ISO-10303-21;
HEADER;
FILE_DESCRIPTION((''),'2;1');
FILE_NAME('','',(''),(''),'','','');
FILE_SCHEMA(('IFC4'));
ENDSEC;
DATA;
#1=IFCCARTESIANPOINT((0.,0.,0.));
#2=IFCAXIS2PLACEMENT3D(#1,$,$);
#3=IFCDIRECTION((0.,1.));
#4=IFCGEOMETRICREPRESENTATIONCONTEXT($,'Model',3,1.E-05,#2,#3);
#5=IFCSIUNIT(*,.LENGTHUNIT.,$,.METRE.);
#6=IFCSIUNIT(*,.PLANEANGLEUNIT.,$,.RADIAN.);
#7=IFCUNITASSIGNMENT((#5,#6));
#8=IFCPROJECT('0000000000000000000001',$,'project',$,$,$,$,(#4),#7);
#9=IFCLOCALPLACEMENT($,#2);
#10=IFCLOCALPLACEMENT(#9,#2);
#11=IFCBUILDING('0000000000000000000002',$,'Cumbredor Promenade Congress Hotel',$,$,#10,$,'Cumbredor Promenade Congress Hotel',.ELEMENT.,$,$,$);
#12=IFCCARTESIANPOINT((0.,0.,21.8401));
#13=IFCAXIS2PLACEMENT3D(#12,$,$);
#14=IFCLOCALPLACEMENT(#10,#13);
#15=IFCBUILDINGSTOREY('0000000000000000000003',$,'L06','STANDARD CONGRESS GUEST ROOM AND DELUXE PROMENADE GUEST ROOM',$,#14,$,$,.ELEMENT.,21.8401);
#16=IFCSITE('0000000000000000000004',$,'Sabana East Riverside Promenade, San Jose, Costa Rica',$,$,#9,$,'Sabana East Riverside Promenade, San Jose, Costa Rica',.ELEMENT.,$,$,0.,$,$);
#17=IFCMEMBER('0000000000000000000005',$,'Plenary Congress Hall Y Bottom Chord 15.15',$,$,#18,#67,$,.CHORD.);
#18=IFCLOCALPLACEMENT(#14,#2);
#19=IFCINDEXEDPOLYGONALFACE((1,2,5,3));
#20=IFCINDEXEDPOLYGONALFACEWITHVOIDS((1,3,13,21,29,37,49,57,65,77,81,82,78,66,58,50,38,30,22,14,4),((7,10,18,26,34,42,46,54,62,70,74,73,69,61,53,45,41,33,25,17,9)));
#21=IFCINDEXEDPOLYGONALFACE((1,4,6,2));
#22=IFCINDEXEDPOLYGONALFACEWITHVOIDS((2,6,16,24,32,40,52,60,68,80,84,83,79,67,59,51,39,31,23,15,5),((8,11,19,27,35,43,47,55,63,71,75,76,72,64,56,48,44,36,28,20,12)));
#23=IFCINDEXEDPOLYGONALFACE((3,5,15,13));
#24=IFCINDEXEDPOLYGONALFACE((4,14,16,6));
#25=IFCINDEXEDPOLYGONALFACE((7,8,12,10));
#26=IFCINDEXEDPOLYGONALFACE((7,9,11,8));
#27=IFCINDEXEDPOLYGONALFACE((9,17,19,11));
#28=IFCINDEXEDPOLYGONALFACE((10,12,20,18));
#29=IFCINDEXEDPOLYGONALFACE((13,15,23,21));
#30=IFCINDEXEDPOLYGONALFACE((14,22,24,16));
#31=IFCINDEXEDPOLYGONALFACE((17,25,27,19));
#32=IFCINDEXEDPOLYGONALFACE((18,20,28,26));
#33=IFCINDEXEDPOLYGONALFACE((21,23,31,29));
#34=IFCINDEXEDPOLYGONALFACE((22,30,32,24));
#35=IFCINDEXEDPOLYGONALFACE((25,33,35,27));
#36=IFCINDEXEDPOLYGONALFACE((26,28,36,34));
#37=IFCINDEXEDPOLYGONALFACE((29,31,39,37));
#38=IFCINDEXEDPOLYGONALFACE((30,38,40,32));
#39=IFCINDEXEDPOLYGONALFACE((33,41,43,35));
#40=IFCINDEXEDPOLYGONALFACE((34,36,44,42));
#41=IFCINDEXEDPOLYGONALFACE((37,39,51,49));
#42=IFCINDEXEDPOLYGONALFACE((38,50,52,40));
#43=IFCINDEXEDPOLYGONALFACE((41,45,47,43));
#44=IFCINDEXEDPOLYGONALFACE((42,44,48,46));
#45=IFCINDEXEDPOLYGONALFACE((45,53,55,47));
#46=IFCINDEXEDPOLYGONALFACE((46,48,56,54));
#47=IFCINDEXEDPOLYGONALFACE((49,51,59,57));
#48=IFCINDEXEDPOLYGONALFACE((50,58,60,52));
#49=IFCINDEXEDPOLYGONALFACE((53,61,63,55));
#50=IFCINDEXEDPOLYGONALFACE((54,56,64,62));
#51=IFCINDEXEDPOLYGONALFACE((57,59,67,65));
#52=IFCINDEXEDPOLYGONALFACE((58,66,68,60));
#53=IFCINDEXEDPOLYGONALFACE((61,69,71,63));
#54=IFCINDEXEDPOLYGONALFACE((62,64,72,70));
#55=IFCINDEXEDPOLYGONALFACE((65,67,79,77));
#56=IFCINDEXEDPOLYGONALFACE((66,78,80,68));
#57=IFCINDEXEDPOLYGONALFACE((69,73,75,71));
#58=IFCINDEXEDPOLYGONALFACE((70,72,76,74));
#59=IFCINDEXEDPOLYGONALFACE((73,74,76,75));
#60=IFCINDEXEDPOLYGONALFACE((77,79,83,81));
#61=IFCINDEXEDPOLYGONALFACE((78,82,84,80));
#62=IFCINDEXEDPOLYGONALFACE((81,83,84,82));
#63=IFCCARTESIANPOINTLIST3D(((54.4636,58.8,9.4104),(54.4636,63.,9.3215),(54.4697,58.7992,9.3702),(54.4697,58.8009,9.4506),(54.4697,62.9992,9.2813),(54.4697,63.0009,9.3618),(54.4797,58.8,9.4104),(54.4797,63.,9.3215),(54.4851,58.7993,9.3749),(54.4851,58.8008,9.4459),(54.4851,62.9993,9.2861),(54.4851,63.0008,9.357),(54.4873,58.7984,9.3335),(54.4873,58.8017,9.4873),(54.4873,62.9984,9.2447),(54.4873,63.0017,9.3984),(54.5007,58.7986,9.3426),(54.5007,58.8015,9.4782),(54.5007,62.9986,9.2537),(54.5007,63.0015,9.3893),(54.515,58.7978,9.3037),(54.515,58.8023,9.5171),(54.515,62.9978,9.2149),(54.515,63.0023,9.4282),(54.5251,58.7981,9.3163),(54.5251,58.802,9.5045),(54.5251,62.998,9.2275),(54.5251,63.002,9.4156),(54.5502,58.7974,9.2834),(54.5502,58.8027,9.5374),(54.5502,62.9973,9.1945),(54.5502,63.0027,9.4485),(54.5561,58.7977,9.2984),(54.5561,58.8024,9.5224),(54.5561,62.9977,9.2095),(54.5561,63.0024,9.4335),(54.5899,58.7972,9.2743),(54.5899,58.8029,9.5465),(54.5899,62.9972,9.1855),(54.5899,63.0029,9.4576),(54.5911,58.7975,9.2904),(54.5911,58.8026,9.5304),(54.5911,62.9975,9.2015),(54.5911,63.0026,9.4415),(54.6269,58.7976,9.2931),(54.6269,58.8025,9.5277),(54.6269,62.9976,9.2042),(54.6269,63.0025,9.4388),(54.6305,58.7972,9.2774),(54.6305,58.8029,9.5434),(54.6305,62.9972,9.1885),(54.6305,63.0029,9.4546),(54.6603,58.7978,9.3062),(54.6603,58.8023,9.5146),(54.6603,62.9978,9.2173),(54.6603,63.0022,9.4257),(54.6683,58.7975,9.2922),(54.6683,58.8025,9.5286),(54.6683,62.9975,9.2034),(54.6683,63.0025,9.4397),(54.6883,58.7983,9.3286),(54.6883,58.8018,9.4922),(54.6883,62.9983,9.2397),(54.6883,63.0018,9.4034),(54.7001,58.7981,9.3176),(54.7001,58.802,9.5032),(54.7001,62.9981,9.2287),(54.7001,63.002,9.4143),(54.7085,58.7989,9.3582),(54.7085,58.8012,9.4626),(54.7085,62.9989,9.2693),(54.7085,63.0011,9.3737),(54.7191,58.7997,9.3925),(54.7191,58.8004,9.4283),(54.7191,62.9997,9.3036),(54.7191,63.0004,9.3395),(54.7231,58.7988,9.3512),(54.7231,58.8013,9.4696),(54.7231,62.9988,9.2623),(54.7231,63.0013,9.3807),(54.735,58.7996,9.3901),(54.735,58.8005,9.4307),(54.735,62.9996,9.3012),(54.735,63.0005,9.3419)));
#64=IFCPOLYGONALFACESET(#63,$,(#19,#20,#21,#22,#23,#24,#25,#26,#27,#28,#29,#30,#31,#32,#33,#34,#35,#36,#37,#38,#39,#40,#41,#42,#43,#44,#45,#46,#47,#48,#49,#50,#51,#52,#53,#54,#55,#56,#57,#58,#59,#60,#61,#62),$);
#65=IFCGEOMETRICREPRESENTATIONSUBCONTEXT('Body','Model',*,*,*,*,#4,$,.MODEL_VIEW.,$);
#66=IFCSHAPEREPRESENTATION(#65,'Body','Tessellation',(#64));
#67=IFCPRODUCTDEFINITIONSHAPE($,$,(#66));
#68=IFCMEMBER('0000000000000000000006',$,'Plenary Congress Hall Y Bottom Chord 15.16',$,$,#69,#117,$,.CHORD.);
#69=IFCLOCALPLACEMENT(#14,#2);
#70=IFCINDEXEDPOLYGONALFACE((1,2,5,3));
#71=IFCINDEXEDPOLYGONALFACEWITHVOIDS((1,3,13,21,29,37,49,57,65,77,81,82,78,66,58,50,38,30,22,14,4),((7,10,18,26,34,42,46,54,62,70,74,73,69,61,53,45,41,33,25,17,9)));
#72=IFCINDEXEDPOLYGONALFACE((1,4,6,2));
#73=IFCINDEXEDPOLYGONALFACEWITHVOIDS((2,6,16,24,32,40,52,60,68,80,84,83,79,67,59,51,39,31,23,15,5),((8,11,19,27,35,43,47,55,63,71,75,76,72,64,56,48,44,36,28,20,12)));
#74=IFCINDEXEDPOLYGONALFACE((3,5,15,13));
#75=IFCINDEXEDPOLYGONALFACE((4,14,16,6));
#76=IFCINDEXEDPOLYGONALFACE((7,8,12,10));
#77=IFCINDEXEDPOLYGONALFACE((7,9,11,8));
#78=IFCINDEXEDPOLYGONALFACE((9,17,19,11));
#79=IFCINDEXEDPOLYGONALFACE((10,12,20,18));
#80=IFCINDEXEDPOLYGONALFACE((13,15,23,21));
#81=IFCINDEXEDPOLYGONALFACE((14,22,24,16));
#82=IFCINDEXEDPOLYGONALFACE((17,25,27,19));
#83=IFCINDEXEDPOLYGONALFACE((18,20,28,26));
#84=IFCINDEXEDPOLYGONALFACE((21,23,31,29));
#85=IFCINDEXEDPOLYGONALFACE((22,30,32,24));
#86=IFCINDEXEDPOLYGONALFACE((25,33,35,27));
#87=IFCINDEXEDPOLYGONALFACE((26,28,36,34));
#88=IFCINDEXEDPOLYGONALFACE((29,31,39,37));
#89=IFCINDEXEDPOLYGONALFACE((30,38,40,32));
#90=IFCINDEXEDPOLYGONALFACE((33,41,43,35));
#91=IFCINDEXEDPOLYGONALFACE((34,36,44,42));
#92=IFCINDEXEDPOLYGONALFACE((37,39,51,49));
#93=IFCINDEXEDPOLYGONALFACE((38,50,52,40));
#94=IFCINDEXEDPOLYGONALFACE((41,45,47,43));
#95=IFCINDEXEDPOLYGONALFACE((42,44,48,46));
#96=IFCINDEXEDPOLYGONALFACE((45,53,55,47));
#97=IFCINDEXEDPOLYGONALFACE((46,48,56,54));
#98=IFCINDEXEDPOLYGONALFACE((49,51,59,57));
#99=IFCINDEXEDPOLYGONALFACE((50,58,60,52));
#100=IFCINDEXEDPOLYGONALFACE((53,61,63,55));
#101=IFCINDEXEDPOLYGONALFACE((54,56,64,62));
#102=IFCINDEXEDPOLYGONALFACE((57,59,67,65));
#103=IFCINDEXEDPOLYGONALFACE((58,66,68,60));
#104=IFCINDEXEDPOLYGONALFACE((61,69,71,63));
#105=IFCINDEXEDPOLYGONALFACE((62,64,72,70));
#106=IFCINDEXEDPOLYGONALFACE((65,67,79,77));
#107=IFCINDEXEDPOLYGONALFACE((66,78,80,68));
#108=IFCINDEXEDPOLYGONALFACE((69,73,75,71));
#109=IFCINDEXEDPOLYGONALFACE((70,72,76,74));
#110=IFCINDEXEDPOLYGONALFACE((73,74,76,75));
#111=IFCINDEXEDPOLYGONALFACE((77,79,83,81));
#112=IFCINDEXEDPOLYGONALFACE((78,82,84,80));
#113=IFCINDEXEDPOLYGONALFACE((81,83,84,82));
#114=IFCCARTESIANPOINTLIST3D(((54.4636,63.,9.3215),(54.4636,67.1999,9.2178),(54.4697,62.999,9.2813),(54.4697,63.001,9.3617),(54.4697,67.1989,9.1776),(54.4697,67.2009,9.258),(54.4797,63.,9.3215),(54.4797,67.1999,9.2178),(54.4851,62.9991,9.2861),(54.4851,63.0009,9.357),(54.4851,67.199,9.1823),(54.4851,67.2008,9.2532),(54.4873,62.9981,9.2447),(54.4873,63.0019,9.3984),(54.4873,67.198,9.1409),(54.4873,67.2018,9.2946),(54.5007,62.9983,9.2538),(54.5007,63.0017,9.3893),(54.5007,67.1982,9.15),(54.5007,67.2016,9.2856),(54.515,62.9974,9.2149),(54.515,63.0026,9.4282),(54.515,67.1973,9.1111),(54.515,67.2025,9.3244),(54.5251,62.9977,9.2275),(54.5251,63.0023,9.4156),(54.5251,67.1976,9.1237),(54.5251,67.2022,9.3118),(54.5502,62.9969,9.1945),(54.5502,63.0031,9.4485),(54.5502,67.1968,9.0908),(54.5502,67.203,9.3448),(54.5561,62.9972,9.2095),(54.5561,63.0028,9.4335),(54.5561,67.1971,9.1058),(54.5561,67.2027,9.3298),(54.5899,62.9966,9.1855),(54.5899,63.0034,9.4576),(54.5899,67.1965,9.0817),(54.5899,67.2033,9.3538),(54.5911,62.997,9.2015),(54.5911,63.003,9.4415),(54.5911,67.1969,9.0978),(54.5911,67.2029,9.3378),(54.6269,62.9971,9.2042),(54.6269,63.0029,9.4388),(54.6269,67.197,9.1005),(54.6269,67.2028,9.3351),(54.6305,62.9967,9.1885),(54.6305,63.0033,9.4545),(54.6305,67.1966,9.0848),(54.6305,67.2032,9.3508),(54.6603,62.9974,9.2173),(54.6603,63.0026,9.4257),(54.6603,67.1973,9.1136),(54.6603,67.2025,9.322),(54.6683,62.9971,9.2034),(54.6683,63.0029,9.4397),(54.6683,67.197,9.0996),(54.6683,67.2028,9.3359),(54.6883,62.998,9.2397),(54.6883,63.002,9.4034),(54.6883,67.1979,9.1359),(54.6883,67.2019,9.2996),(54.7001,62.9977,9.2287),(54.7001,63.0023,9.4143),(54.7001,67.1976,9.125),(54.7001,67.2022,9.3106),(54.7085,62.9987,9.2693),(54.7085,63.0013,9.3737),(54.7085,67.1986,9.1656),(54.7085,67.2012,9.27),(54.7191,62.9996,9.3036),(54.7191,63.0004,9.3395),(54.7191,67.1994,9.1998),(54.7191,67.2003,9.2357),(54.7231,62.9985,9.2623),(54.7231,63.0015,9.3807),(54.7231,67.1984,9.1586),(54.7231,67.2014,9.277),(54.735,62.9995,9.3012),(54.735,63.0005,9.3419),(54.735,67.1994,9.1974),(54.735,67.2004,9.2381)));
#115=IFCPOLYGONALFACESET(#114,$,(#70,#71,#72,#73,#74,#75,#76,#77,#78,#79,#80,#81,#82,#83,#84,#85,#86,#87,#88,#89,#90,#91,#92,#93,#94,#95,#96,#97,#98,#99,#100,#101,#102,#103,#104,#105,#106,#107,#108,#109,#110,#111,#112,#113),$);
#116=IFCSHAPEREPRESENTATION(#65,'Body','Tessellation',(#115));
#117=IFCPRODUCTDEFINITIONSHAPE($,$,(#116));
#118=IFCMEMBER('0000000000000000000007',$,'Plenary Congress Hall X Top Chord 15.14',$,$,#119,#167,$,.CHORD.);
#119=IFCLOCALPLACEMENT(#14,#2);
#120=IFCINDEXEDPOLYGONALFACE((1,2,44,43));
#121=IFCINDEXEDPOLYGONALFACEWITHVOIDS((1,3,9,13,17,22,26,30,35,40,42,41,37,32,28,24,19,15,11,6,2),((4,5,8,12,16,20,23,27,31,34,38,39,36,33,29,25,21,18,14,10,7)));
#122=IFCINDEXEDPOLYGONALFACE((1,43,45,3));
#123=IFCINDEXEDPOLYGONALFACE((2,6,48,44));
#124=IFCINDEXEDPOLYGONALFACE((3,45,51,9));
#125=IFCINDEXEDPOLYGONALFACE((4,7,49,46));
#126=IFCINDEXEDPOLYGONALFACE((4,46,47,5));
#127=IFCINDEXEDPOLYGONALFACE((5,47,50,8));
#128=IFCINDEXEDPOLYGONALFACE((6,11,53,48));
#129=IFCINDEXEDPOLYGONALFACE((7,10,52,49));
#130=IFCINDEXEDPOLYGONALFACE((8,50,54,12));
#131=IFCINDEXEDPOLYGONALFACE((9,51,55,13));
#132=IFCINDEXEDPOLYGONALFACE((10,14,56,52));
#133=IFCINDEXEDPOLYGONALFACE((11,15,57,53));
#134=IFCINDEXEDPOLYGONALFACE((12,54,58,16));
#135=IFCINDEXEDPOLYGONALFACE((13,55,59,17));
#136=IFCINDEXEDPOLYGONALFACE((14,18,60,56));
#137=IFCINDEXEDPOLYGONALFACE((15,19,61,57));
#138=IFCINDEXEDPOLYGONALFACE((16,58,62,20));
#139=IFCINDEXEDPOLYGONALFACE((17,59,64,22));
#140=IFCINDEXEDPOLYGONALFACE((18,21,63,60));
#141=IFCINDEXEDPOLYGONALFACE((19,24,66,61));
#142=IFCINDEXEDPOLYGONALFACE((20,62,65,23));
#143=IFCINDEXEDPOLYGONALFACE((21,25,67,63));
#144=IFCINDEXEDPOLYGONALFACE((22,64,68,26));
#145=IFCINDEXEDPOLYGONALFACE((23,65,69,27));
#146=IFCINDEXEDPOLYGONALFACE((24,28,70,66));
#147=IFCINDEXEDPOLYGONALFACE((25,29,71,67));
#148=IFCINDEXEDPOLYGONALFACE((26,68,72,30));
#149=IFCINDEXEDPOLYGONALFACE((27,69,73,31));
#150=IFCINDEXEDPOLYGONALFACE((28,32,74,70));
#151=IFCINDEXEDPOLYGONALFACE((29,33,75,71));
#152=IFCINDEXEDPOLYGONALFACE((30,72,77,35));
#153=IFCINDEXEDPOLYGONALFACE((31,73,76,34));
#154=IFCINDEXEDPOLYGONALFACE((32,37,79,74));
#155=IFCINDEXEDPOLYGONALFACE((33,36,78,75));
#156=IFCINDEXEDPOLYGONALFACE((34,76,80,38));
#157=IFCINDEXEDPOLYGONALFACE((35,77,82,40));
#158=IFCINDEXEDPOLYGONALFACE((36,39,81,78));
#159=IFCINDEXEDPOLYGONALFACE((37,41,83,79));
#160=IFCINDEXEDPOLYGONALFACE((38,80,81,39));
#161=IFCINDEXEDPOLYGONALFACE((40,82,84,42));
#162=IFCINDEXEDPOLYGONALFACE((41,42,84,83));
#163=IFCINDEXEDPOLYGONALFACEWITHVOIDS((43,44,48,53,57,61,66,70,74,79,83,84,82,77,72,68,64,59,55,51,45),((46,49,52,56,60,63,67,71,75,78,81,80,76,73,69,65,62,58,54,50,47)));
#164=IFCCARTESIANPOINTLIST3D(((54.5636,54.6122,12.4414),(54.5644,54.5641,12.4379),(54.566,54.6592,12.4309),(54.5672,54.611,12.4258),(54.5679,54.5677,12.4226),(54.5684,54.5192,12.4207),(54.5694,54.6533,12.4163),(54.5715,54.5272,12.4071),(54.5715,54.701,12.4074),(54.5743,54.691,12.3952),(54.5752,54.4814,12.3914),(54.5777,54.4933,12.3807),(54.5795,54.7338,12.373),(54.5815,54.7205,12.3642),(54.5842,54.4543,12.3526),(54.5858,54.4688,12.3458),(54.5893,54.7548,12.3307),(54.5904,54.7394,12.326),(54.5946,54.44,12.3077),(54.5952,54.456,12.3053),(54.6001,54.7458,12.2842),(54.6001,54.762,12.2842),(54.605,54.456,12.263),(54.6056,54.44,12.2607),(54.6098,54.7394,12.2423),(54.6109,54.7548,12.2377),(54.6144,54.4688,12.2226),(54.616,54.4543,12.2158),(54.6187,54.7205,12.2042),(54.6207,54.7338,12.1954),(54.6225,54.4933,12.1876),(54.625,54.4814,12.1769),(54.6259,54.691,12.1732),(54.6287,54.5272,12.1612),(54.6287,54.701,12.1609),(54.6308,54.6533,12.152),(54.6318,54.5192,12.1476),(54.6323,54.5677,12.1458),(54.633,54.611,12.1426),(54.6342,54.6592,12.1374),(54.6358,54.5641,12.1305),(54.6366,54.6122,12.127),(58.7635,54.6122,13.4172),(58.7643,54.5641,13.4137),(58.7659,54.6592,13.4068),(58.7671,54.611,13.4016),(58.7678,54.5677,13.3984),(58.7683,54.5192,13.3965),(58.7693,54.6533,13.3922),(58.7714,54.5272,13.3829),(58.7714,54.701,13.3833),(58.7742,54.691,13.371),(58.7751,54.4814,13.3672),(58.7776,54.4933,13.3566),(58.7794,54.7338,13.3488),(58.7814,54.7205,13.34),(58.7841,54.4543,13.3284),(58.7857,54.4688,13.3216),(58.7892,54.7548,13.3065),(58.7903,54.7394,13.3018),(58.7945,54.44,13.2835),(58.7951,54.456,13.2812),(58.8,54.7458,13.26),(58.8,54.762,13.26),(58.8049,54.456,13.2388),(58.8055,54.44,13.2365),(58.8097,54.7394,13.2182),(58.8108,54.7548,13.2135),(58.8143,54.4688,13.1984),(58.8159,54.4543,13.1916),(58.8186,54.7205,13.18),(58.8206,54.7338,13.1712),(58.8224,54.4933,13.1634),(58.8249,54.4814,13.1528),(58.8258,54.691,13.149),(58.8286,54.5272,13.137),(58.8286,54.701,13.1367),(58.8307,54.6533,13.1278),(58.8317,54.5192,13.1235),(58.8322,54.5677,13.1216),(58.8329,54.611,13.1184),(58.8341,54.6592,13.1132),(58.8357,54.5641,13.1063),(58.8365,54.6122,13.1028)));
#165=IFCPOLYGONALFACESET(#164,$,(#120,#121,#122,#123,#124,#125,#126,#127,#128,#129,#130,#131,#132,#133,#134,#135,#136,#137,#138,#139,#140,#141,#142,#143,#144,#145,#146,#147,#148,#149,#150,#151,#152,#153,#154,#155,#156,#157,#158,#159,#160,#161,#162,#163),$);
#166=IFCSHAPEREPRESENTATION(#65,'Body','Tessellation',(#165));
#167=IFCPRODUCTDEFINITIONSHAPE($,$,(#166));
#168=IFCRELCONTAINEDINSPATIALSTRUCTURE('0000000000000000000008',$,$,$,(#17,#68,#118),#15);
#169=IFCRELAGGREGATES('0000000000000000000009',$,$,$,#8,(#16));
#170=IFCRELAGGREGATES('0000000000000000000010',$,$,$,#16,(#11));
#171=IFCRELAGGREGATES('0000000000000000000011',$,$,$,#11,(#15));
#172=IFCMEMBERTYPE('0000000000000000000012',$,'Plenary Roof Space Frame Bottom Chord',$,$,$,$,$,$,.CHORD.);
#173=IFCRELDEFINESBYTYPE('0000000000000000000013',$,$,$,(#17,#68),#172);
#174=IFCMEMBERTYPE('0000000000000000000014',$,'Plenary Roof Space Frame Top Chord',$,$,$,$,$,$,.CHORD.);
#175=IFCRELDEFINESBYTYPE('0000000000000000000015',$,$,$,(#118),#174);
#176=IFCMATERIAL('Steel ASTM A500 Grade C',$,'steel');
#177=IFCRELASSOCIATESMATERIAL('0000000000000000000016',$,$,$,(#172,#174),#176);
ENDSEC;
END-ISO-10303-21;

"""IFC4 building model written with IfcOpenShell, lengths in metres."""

from ifc_helpers import new_model, si_unit, direction, frame, origin, origin_2d, place, context, subcontext, project, spatial, hollow_circle, extrude, material, material_profile, profile_set, type_object, element, save


model = new_model("IFC4")

# Units and contexts
model_context = context("Model", 3, precision=1e-05, world=origin(), true_north=direction((0.0, 1.0)))
body_context = subcontext(model_context, "Body", "Model", "MODEL_VIEW")
ifc_project = project(units=[si_unit("LENGTHUNIT", "METRE"), si_unit("PLANEANGLEUNIT", "RADIAN")], contexts=[model_context])

# Site, building, storey
site_placement = place(None, origin())
site = spatial("IfcSite", under=ifc_project, at=site_placement, Name="Sabana East Riverside Promenade, San Jose, Costa Rica", LongName="Sabana East Riverside Promenade, San Jose, Costa Rica", CompositionType="ELEMENT", RefElevation=0.0)
building_placement = place(site_placement, origin())
building = spatial("IfcBuilding", under=site, at=building_placement, Name="Cumbredor Promenade Congress Hotel", LongName="Cumbredor Promenade Congress Hotel", CompositionType="ELEMENT")
storey_placement = place(building_placement, frame((0.0, 0.0, 21.8401)))
storey = spatial("IfcBuildingStorey", under=building, at=storey_placement, Name="L06", Description="STANDARD CONGRESS GUEST ROOM AND DELUXE PROMENADE GUEST ROOM", CompositionType="ELEMENT", Elevation=21.8401)

# Members
ifc_material_1 = material(Name="Steel ASTM A500 Grade C", Category="steel")
ifc_material_profile_1 = material_profile(ifc_material_1, hollow_circle(Radius=0.1365, WallThickness=0.0161, at=origin_2d()), Name="CHS 273.0x16")
ifc_profile_set_1 = profile_set([ifc_material_profile_1], Name="Steel ASTM A500 Grade C")
member_type_1 = type_object("IfcMemberType", Name="Plenary Roof Space Frame Bottom Chord", PredefinedType="CHORD", material=ifc_profile_set_1)
member_1_placement = place(storey_placement, frame((54.6001, 58.8, 9.4104), z_axis=(0.0, 0.999776, -0.021154), x_axis=(-1.0, 0.0, 0.0)))
element("IfcMember", 1, at=member_1_placement, inside=storey, type_object=member_type_1, Name="Plenary Congress Hall Y Bottom Chord 15.15", PredefinedType="CHORD", context=body_context, shape_type="SweptSolid", body=[
    extrude(hollow_circle(Radius=0.1365, WallThickness=0.0161, at=origin_2d()), origin(), (0.0, 0.0, 1.0), 4.2009),
])
member_2_placement = place(storey_placement, frame((54.6001, 63.0, 9.3215), z_axis=(0.0, 0.999695, -0.024697), x_axis=(-1.0, 0.0, 0.0)))
element("IfcMember", 2, at=member_2_placement, inside=storey, type_object=member_type_1, Name="Plenary Congress Hall Y Bottom Chord 15.16", PredefinedType="CHORD", context=body_context, shape_type="SweptSolid", body=[
    extrude(hollow_circle(Radius=0.1365, WallThickness=0.0161, at=origin_2d()), origin(), (0.0, 0.0, 1.0), 4.2012),
])
ifc_material_profile_2 = material_profile(ifc_material_1, hollow_circle(Radius=0.1619, WallThickness=0.0161, at=origin_2d()), Name="CHS 323.9x16")
ifc_profile_set_2 = profile_set([ifc_material_profile_2], Name="Steel ASTM A500 Grade C")
member_type_2 = type_object("IfcMemberType", Name="Plenary Roof Space Frame Top Chord", PredefinedType="CHORD", material=ifc_profile_set_2)
member_3_placement = place(storey_placement, frame((54.6001, 54.6001, 12.2842), z_axis=(0.974054, 0.0, 0.226315), x_axis=(0.0, 1.0, 0.0)))
element("IfcMember", 3, at=member_3_placement, inside=storey, type_object=member_type_2, Name="Plenary Congress Hall X Top Chord 15.14", PredefinedType="CHORD", context=body_context, shape_type="SweptSolid", body=[
    extrude(hollow_circle(Radius=0.1619, WallThickness=0.0161, at=origin_2d()), origin(), (0.0, 0.0, 1.0), 4.3118),
])

save(model, "model.ifc")
